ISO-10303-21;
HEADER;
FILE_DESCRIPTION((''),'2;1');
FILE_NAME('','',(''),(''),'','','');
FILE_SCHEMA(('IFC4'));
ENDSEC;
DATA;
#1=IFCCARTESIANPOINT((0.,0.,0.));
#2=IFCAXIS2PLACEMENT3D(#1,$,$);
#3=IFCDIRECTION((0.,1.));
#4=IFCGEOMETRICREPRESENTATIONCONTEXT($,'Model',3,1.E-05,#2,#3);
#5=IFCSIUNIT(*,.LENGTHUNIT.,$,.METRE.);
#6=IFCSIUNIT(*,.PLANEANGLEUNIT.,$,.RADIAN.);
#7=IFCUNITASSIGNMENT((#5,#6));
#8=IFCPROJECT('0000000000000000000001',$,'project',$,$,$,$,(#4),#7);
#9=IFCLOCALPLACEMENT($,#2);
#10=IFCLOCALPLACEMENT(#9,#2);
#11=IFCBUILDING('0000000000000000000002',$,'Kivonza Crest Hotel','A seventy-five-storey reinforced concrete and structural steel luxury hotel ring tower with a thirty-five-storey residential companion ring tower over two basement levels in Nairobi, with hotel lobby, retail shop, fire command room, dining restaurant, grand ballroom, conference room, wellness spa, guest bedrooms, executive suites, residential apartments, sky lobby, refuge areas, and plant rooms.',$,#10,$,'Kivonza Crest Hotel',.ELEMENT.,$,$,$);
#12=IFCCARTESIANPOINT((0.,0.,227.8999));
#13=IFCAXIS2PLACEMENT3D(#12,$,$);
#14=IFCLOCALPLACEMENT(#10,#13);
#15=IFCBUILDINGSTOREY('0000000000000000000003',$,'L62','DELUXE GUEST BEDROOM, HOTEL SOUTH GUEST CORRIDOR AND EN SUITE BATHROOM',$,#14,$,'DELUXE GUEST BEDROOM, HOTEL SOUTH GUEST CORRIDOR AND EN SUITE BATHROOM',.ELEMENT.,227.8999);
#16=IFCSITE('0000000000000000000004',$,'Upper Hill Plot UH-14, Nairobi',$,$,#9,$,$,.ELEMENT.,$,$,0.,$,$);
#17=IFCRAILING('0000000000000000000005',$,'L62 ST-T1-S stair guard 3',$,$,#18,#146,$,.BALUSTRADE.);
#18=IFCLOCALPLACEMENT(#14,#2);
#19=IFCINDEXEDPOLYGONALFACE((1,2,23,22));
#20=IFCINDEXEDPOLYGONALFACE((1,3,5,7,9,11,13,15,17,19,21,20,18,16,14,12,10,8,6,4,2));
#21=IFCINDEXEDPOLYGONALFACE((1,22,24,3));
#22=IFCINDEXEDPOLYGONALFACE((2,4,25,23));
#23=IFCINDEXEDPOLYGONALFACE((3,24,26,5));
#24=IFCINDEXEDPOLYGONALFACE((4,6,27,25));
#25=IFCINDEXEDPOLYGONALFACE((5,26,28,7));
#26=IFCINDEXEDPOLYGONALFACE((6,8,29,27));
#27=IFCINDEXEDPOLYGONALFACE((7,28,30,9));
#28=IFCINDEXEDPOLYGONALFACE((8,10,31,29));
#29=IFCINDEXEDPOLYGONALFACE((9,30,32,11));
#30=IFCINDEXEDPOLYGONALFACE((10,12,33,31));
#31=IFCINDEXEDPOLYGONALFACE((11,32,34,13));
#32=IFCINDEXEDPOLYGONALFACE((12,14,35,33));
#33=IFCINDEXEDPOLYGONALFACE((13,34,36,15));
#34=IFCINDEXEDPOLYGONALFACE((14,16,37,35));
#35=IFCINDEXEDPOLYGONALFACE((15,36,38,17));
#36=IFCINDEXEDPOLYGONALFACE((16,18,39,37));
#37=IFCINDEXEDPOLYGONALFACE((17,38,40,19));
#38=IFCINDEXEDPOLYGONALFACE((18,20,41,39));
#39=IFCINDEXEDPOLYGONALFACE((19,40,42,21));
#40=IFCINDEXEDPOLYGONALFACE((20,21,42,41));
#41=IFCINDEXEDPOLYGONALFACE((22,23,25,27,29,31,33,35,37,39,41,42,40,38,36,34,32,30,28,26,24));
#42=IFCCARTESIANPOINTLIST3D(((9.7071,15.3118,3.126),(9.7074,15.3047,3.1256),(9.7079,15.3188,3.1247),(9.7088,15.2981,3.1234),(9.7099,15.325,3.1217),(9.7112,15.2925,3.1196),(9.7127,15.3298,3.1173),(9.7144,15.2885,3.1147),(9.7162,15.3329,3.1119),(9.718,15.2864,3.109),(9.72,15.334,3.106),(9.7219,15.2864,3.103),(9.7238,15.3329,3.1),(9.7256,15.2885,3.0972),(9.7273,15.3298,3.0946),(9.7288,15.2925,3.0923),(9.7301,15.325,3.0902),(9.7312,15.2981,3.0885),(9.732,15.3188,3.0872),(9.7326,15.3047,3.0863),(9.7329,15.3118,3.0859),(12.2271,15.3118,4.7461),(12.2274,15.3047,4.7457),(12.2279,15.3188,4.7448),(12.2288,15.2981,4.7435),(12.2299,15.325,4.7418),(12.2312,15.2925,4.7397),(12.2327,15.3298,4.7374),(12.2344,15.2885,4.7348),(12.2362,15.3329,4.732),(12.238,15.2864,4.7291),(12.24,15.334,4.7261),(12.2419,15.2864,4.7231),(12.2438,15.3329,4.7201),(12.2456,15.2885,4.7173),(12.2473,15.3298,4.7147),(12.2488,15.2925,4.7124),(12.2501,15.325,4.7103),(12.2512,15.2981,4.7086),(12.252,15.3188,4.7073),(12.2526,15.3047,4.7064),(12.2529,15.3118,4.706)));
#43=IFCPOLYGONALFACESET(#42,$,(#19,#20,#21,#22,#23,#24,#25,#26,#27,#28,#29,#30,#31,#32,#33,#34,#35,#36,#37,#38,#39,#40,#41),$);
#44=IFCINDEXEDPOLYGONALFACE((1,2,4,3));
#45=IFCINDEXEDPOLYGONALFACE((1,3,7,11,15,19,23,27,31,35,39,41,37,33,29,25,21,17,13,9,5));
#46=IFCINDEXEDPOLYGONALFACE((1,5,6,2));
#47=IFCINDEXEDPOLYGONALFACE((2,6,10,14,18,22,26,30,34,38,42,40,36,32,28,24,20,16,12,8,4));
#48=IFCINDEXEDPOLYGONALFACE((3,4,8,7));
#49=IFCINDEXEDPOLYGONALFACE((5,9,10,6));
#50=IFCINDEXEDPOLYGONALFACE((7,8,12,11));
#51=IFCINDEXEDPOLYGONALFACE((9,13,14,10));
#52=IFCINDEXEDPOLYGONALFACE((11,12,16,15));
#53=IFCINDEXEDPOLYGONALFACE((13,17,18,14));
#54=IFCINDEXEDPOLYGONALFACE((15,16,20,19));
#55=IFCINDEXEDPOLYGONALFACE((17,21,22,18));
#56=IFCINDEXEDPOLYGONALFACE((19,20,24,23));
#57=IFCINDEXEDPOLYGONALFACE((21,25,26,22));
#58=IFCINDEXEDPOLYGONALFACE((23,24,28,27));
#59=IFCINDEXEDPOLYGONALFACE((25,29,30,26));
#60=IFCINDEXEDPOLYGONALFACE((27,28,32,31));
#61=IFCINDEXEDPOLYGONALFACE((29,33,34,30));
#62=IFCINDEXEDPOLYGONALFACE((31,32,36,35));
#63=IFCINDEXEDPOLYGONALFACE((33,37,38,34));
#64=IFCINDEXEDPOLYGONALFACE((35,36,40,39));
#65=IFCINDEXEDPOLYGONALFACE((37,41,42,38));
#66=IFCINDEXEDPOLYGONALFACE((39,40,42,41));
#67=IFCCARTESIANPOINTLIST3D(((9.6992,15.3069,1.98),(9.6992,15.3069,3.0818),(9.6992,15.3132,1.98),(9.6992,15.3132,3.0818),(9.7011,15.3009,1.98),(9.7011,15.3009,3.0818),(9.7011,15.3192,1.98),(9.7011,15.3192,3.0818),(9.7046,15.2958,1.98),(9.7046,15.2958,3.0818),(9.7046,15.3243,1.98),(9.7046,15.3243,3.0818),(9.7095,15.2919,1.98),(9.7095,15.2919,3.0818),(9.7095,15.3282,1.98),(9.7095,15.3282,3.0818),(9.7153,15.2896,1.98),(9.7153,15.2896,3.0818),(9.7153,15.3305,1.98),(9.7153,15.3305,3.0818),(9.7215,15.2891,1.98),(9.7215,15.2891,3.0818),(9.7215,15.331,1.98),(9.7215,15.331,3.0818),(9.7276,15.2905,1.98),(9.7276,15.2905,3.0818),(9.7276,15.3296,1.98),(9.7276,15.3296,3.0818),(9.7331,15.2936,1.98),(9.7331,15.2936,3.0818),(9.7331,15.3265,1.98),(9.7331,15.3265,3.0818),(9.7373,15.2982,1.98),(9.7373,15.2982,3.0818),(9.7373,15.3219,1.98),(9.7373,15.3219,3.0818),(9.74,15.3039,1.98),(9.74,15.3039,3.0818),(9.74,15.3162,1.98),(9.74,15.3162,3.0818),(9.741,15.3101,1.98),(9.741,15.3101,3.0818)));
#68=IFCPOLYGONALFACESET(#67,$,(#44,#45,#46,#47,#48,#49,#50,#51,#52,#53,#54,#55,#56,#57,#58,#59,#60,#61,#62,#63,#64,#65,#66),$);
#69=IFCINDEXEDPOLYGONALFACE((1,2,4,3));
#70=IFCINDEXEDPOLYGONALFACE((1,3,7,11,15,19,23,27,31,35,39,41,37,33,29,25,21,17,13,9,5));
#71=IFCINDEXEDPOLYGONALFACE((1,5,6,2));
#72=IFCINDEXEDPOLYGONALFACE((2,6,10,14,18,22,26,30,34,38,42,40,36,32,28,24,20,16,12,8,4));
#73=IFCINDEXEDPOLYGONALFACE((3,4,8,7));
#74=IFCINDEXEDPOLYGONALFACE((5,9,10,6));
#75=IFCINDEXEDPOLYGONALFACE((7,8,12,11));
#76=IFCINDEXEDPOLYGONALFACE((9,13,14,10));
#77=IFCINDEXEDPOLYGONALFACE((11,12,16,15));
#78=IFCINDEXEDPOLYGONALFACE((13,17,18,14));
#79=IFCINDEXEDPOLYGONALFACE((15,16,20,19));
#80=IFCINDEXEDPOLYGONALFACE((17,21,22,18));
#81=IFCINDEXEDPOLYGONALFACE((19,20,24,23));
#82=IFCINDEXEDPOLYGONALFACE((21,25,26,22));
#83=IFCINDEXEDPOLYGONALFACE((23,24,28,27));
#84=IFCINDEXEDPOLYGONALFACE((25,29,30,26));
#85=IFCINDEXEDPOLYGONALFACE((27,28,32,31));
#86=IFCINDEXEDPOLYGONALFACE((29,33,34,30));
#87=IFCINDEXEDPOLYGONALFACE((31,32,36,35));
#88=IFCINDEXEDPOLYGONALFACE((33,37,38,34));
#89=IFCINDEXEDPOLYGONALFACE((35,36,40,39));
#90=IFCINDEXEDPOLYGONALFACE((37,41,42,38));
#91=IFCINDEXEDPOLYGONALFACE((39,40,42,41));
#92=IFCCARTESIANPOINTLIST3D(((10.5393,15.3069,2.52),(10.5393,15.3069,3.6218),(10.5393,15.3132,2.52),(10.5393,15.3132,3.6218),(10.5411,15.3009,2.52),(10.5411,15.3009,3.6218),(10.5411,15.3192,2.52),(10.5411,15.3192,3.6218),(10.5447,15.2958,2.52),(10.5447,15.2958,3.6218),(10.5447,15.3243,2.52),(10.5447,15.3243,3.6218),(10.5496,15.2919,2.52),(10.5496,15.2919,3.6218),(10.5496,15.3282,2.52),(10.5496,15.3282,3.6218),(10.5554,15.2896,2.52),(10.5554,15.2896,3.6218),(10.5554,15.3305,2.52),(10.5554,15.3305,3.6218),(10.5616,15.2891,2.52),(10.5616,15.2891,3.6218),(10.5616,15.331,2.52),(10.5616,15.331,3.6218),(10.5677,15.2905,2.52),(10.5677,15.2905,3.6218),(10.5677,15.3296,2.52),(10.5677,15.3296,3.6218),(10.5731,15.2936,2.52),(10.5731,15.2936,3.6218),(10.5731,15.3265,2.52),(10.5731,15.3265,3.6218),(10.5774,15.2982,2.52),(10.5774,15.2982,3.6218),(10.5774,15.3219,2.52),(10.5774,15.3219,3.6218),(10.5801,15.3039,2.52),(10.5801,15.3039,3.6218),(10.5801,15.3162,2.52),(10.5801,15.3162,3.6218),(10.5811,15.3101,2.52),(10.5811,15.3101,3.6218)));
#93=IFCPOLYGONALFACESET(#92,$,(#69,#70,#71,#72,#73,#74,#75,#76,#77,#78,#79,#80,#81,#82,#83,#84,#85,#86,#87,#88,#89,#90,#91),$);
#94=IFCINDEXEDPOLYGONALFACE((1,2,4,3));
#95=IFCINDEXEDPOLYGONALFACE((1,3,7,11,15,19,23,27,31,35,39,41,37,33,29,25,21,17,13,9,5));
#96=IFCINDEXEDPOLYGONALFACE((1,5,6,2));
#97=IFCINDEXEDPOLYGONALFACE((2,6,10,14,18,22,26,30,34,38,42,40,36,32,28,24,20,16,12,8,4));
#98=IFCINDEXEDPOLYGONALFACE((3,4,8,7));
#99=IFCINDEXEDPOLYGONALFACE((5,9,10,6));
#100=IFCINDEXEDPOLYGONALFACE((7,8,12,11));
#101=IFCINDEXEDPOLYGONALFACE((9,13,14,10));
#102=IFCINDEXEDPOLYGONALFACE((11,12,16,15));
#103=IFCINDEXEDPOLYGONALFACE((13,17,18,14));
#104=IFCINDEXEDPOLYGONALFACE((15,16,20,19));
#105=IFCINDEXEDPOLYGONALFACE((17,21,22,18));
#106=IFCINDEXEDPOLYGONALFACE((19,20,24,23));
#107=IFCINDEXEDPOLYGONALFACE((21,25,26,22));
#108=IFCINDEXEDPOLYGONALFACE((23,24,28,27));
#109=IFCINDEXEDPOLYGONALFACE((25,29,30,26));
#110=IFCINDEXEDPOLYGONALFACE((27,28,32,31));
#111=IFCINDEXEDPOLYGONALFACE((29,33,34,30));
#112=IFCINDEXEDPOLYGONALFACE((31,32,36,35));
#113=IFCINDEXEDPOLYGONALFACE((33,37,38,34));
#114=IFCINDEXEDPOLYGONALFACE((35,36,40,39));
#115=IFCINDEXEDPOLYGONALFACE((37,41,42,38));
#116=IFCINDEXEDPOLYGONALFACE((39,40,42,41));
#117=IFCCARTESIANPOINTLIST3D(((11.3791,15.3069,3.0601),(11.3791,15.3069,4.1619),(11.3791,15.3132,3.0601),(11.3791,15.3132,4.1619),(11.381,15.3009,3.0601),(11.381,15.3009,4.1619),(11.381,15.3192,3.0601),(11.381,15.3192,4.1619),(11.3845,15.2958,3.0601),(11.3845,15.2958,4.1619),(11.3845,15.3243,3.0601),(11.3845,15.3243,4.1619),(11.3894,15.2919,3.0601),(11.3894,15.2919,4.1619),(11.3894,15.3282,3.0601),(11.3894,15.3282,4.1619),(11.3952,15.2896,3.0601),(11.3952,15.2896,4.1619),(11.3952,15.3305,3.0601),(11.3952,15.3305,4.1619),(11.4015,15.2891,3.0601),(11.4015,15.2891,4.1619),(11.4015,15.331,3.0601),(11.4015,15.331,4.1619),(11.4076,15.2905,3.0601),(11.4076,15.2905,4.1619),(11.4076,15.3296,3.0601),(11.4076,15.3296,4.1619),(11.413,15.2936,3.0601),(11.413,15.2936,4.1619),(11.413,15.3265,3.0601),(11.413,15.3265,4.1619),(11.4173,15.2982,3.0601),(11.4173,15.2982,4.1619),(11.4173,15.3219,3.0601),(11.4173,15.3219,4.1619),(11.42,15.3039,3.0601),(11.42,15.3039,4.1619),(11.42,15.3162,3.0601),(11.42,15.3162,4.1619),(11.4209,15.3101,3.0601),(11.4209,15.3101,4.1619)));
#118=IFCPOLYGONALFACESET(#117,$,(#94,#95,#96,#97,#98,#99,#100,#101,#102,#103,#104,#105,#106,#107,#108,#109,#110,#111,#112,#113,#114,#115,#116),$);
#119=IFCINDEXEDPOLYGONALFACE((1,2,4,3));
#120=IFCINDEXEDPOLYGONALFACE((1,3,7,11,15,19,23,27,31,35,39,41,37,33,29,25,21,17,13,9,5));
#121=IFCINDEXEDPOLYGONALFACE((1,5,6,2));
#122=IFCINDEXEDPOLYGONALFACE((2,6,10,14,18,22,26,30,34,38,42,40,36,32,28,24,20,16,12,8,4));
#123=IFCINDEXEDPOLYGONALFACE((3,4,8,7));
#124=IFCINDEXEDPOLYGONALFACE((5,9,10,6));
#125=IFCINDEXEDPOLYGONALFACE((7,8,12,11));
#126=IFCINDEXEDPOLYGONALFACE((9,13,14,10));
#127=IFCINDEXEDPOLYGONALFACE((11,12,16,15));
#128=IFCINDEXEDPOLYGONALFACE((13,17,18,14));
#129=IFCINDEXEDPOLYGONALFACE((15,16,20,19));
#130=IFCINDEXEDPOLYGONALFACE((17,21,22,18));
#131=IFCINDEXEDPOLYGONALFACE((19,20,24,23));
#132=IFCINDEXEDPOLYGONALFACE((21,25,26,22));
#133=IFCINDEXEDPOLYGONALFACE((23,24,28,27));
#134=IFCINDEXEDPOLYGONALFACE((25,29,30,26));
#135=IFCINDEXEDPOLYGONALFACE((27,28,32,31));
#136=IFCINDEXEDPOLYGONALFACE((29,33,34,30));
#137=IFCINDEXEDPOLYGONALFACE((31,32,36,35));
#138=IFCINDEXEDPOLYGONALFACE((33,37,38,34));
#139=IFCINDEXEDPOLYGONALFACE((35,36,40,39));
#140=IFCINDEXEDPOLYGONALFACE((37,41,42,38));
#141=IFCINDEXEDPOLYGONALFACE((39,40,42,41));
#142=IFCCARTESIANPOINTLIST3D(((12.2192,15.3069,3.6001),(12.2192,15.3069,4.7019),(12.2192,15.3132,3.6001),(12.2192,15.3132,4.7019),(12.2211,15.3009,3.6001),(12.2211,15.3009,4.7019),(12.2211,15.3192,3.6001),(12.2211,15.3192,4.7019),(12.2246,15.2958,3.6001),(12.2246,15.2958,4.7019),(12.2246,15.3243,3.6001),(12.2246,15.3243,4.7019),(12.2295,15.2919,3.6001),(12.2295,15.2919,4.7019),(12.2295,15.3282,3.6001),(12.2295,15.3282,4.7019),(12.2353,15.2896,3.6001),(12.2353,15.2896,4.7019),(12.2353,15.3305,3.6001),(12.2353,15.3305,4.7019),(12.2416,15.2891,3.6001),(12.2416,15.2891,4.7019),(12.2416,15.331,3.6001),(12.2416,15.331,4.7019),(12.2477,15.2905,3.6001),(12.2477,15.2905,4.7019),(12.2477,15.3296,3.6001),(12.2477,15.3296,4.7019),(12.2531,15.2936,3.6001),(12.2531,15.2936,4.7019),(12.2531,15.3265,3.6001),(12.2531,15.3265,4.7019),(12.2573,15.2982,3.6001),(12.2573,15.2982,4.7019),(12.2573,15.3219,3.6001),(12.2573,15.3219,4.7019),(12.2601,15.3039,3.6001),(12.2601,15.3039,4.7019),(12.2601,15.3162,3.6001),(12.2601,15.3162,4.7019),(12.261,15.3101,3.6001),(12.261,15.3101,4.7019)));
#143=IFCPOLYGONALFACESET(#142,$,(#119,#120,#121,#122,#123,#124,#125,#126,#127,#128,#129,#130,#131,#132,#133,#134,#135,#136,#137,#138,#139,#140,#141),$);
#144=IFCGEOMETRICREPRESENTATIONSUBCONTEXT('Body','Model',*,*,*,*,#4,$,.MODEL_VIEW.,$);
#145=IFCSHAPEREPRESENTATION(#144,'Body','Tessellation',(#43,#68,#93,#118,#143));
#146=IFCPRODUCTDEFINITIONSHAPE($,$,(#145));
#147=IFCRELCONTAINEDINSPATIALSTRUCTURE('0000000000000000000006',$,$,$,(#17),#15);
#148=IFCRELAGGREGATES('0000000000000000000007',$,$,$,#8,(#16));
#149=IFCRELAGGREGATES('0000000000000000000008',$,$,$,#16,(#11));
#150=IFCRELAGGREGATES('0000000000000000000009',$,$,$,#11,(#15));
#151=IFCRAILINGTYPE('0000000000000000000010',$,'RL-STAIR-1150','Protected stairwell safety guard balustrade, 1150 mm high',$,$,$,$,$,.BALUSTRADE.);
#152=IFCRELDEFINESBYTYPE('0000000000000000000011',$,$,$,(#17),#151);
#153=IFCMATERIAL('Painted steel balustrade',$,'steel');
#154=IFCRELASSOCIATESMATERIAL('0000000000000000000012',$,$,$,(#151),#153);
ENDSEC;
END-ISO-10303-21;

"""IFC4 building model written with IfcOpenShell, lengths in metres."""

from ifc_helpers import new_model, si_unit, direction, frame, origin, origin_2d, place, context, subcontext, project, spatial, circle, extrude, material, type_object, element, save


model = new_model("IFC4")

# Units and contexts
model_context = context("Model", 3, precision=1e-05, world=origin(), true_north=direction((0.0, 1.0)))
body_context = subcontext(model_context, "Body", "Model", "MODEL_VIEW")
ifc_project = project(units=[si_unit("LENGTHUNIT", "METRE"), si_unit("PLANEANGLEUNIT", "RADIAN")], contexts=[model_context])

# Site, building, storey
site_placement = place(None, origin())
site = spatial("IfcSite", under=ifc_project, at=site_placement, Name="Upper Hill Plot UH-14, Nairobi", CompositionType="ELEMENT", RefElevation=0.0)
building_placement = place(site_placement, origin())
building = spatial("IfcBuilding", under=site, at=building_placement, Name="Kivonza Crest Hotel", Description="A seventy-five-storey reinforced concrete and structural steel luxury hotel ring tower with a thirty-five-storey residential companion ring tower over two basement levels in Nairobi, with hotel lobby, retail shop, fire command room, dining restaurant, grand ballroom, conference room, wellness spa, guest bedrooms, executive suites, residential apartments, sky lobby, refuge areas, and plant rooms.", LongName="Kivonza Crest Hotel", CompositionType="ELEMENT")
storey_placement = place(building_placement, frame((0.0, 0.0, 227.8999)))
storey = spatial("IfcBuildingStorey", under=building, at=storey_placement, Name="L62", Description="DELUXE GUEST BEDROOM, HOTEL SOUTH GUEST CORRIDOR AND EN SUITE BATHROOM", LongName="DELUXE GUEST BEDROOM, HOTEL SOUTH GUEST CORRIDOR AND EN SUITE BATHROOM", CompositionType="ELEMENT", Elevation=227.8999)

# Railing
ifc_material_1 = material(Name="Painted steel balustrade", Category="steel")
railing_type_1 = type_object("IfcRailingType", Name="RL-STAIR-1150", Description="Protected stairwell safety guard balustrade, 1150 mm high", PredefinedType="BALUSTRADE", material=ifc_material_1)
railing_1_placement = place(storey_placement, frame((9.72, 15.3101, 1.98)))
element("IfcRailing", 1, at=railing_1_placement, inside=storey, type_object=railing_type_1, Name="L62 ST-T1-S stair guard 3", PredefinedType="BALUSTRADE", context=body_context, shape_type="SweptSolid", body=[
    extrude(circle(Radius=0.0239, at=origin_2d()), frame((0.0, 0.0, 1.126), z_axis=(0.841163, 0.0, 0.540782), x_axis=(0.0, 1.0, 0.0)), (0.0, 0.0, 1.0), 2.9958),
    extrude(circle(Radius=0.021, at=origin_2d()), origin(), (0.0, 0.0, 1.0), 1.1018),
    extrude(circle(Radius=0.021, at=origin_2d()), frame((0.8401, 0.0, 0.54)), (0.0, 0.0, 1.0), 1.1018),
    extrude(circle(Radius=0.021, at=origin_2d()), frame((1.6799, 0.0, 1.0801)), (0.0, 0.0, 1.0), 1.1018),
    extrude(circle(Radius=0.021, at=origin_2d()), frame((2.52, 0.0, 1.6201)), (0.0, 0.0, 1.0), 1.1018),
])

save(model, "model.ifc")
